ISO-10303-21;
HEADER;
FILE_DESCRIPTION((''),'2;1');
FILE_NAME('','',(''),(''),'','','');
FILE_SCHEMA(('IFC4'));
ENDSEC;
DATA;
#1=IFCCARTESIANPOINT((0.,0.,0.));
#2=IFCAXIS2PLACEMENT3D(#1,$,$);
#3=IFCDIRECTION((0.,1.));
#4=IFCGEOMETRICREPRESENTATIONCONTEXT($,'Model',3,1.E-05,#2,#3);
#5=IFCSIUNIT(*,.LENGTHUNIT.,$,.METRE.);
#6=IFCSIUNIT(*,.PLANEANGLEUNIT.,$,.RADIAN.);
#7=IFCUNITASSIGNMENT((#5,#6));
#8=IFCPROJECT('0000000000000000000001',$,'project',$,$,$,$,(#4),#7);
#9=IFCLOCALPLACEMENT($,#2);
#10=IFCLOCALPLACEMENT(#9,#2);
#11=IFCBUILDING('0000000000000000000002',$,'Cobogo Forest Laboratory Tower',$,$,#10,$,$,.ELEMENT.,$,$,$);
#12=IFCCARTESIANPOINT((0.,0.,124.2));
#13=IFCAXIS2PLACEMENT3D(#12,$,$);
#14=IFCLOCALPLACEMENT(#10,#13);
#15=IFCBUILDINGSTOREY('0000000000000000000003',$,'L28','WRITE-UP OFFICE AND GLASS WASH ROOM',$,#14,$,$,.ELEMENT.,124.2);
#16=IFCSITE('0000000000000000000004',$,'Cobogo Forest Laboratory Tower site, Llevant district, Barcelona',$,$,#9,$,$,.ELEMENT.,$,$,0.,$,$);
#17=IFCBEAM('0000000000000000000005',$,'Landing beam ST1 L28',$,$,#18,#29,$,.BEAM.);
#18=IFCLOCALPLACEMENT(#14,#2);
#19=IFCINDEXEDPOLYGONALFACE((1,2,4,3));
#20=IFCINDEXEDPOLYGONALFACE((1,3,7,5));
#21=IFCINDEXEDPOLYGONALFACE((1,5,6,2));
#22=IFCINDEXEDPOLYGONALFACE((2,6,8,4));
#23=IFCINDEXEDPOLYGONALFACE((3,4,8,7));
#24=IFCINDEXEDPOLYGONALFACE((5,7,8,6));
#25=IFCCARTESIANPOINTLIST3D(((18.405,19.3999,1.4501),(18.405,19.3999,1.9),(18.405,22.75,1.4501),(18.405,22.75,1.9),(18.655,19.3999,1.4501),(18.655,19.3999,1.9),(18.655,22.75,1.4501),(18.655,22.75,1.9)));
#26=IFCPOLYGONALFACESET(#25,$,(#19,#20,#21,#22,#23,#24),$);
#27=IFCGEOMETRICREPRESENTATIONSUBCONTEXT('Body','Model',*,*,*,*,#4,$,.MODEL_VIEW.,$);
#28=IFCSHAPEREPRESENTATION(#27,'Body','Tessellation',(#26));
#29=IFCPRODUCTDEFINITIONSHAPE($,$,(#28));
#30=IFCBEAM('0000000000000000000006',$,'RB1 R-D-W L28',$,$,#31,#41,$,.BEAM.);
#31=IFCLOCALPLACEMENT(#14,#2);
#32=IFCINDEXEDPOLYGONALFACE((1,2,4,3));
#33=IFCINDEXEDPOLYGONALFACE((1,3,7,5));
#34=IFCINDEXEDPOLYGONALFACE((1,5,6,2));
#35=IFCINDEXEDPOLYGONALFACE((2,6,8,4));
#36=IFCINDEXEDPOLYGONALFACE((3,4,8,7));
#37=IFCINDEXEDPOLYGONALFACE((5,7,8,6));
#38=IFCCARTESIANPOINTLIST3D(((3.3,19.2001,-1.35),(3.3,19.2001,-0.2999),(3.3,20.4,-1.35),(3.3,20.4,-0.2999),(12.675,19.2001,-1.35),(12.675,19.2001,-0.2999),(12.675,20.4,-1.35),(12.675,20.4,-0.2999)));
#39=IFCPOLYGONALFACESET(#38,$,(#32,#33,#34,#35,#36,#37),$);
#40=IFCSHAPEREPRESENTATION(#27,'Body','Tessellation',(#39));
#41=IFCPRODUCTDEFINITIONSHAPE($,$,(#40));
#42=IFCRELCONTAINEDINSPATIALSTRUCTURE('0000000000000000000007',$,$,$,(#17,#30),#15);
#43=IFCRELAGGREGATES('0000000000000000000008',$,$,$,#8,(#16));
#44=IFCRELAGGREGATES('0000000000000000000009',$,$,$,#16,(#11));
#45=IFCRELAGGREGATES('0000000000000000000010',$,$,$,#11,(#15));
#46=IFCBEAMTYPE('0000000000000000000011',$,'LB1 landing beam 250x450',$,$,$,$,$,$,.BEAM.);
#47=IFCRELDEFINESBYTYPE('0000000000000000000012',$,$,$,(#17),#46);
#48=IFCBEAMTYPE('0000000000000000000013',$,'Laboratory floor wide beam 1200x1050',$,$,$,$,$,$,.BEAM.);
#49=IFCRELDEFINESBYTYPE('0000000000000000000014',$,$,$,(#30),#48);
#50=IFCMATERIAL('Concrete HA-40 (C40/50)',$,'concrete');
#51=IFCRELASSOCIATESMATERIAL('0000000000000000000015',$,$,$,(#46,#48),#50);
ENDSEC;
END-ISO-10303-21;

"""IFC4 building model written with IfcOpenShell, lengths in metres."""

from ifc_helpers import new_model, si_unit, direction, frame, origin, origin_2d, place, context, subcontext, project, spatial, rectangle, extrude, material, material_profile, profile_set, type_object, element, save


model = new_model("IFC4")

# Units and contexts
model_context = context("Model", 3, precision=1e-05, world=origin(), true_north=direction((0.0, 1.0)))
body_context = subcontext(model_context, "Body", "Model", "MODEL_VIEW")
ifc_project = project(units=[si_unit("LENGTHUNIT", "METRE"), si_unit("PLANEANGLEUNIT", "RADIAN")], contexts=[model_context])

# Site, building, storey
site_placement = place(None, origin())
site = spatial("IfcSite", under=ifc_project, at=site_placement, Name="Cobogo Forest Laboratory Tower site, Llevant district, Barcelona", CompositionType="ELEMENT", RefElevation=0.0)
building_placement = place(site_placement, origin())
building = spatial("IfcBuilding", under=site, at=building_placement, Name="Cobogo Forest Laboratory Tower", CompositionType="ELEMENT")
storey_placement = place(building_placement, frame((0.0, 0.0, 124.2)))
storey = spatial("IfcBuildingStorey", under=building, at=storey_placement, Name="L28", Description="WRITE-UP OFFICE AND GLASS WASH ROOM", CompositionType="ELEMENT", Elevation=124.2)

# Beams
ifc_material_1 = material(Name="Concrete HA-40 (C40/50)", Category="concrete")
ifc_material_profile_1 = material_profile(ifc_material_1, rectangle(XDim=0.25, YDim=0.45, at=origin_2d()), Name="RC 250x450")
ifc_profile_set_1 = profile_set([ifc_material_profile_1], Name="Concrete HA-40 (C40/50)")
beam_type_1 = type_object("IfcBeamType", Name="LB1 landing beam 250x450", PredefinedType="BEAM", material=ifc_profile_set_1)
beam_1_placement = place(storey_placement, frame((18.53, 19.3999, 1.675), z_axis=(0.0, 1.0, 0.0), x_axis=(-1.0, 0.0, 0.0)))
element("IfcBeam", 1, at=beam_1_placement, inside=storey, type_object=beam_type_1, Name="Landing beam ST1 L28", PredefinedType="BEAM", context=body_context, shape_type="SweptSolid", body=[
    extrude(rectangle(XDim=0.25, YDim=0.45, at=origin_2d()), origin(), (0.0, 0.0, 1.0), 3.3501),
])
ifc_material_profile_2 = material_profile(ifc_material_1, rectangle(XDim=1.2, YDim=1.05, at=origin_2d()), Name="RC 1200x1050")
ifc_profile_set_2 = profile_set([ifc_material_profile_2], Name="Concrete HA-40 (C40/50)")
beam_type_2 = type_object("IfcBeamType", Name="Laboratory floor wide beam 1200x1050", PredefinedType="BEAM", material=ifc_profile_set_2)
beam_2_placement = place(storey_placement, frame((12.675, 19.8, -0.825), z_axis=(-1.0, 0.0, 0.0), x_axis=(0.0, -1.0, 0.0)))
element("IfcBeam", 2, at=beam_2_placement, inside=storey, type_object=beam_type_2, Name="RB1 R-D-W L28", PredefinedType="BEAM", context=body_context, shape_type="SweptSolid", body=[
    extrude(rectangle(XDim=1.2, YDim=1.05, at=origin_2d()), origin(), (0.0, 0.0, 1.0), 9.375),
])

save(model, "model.ifc")
